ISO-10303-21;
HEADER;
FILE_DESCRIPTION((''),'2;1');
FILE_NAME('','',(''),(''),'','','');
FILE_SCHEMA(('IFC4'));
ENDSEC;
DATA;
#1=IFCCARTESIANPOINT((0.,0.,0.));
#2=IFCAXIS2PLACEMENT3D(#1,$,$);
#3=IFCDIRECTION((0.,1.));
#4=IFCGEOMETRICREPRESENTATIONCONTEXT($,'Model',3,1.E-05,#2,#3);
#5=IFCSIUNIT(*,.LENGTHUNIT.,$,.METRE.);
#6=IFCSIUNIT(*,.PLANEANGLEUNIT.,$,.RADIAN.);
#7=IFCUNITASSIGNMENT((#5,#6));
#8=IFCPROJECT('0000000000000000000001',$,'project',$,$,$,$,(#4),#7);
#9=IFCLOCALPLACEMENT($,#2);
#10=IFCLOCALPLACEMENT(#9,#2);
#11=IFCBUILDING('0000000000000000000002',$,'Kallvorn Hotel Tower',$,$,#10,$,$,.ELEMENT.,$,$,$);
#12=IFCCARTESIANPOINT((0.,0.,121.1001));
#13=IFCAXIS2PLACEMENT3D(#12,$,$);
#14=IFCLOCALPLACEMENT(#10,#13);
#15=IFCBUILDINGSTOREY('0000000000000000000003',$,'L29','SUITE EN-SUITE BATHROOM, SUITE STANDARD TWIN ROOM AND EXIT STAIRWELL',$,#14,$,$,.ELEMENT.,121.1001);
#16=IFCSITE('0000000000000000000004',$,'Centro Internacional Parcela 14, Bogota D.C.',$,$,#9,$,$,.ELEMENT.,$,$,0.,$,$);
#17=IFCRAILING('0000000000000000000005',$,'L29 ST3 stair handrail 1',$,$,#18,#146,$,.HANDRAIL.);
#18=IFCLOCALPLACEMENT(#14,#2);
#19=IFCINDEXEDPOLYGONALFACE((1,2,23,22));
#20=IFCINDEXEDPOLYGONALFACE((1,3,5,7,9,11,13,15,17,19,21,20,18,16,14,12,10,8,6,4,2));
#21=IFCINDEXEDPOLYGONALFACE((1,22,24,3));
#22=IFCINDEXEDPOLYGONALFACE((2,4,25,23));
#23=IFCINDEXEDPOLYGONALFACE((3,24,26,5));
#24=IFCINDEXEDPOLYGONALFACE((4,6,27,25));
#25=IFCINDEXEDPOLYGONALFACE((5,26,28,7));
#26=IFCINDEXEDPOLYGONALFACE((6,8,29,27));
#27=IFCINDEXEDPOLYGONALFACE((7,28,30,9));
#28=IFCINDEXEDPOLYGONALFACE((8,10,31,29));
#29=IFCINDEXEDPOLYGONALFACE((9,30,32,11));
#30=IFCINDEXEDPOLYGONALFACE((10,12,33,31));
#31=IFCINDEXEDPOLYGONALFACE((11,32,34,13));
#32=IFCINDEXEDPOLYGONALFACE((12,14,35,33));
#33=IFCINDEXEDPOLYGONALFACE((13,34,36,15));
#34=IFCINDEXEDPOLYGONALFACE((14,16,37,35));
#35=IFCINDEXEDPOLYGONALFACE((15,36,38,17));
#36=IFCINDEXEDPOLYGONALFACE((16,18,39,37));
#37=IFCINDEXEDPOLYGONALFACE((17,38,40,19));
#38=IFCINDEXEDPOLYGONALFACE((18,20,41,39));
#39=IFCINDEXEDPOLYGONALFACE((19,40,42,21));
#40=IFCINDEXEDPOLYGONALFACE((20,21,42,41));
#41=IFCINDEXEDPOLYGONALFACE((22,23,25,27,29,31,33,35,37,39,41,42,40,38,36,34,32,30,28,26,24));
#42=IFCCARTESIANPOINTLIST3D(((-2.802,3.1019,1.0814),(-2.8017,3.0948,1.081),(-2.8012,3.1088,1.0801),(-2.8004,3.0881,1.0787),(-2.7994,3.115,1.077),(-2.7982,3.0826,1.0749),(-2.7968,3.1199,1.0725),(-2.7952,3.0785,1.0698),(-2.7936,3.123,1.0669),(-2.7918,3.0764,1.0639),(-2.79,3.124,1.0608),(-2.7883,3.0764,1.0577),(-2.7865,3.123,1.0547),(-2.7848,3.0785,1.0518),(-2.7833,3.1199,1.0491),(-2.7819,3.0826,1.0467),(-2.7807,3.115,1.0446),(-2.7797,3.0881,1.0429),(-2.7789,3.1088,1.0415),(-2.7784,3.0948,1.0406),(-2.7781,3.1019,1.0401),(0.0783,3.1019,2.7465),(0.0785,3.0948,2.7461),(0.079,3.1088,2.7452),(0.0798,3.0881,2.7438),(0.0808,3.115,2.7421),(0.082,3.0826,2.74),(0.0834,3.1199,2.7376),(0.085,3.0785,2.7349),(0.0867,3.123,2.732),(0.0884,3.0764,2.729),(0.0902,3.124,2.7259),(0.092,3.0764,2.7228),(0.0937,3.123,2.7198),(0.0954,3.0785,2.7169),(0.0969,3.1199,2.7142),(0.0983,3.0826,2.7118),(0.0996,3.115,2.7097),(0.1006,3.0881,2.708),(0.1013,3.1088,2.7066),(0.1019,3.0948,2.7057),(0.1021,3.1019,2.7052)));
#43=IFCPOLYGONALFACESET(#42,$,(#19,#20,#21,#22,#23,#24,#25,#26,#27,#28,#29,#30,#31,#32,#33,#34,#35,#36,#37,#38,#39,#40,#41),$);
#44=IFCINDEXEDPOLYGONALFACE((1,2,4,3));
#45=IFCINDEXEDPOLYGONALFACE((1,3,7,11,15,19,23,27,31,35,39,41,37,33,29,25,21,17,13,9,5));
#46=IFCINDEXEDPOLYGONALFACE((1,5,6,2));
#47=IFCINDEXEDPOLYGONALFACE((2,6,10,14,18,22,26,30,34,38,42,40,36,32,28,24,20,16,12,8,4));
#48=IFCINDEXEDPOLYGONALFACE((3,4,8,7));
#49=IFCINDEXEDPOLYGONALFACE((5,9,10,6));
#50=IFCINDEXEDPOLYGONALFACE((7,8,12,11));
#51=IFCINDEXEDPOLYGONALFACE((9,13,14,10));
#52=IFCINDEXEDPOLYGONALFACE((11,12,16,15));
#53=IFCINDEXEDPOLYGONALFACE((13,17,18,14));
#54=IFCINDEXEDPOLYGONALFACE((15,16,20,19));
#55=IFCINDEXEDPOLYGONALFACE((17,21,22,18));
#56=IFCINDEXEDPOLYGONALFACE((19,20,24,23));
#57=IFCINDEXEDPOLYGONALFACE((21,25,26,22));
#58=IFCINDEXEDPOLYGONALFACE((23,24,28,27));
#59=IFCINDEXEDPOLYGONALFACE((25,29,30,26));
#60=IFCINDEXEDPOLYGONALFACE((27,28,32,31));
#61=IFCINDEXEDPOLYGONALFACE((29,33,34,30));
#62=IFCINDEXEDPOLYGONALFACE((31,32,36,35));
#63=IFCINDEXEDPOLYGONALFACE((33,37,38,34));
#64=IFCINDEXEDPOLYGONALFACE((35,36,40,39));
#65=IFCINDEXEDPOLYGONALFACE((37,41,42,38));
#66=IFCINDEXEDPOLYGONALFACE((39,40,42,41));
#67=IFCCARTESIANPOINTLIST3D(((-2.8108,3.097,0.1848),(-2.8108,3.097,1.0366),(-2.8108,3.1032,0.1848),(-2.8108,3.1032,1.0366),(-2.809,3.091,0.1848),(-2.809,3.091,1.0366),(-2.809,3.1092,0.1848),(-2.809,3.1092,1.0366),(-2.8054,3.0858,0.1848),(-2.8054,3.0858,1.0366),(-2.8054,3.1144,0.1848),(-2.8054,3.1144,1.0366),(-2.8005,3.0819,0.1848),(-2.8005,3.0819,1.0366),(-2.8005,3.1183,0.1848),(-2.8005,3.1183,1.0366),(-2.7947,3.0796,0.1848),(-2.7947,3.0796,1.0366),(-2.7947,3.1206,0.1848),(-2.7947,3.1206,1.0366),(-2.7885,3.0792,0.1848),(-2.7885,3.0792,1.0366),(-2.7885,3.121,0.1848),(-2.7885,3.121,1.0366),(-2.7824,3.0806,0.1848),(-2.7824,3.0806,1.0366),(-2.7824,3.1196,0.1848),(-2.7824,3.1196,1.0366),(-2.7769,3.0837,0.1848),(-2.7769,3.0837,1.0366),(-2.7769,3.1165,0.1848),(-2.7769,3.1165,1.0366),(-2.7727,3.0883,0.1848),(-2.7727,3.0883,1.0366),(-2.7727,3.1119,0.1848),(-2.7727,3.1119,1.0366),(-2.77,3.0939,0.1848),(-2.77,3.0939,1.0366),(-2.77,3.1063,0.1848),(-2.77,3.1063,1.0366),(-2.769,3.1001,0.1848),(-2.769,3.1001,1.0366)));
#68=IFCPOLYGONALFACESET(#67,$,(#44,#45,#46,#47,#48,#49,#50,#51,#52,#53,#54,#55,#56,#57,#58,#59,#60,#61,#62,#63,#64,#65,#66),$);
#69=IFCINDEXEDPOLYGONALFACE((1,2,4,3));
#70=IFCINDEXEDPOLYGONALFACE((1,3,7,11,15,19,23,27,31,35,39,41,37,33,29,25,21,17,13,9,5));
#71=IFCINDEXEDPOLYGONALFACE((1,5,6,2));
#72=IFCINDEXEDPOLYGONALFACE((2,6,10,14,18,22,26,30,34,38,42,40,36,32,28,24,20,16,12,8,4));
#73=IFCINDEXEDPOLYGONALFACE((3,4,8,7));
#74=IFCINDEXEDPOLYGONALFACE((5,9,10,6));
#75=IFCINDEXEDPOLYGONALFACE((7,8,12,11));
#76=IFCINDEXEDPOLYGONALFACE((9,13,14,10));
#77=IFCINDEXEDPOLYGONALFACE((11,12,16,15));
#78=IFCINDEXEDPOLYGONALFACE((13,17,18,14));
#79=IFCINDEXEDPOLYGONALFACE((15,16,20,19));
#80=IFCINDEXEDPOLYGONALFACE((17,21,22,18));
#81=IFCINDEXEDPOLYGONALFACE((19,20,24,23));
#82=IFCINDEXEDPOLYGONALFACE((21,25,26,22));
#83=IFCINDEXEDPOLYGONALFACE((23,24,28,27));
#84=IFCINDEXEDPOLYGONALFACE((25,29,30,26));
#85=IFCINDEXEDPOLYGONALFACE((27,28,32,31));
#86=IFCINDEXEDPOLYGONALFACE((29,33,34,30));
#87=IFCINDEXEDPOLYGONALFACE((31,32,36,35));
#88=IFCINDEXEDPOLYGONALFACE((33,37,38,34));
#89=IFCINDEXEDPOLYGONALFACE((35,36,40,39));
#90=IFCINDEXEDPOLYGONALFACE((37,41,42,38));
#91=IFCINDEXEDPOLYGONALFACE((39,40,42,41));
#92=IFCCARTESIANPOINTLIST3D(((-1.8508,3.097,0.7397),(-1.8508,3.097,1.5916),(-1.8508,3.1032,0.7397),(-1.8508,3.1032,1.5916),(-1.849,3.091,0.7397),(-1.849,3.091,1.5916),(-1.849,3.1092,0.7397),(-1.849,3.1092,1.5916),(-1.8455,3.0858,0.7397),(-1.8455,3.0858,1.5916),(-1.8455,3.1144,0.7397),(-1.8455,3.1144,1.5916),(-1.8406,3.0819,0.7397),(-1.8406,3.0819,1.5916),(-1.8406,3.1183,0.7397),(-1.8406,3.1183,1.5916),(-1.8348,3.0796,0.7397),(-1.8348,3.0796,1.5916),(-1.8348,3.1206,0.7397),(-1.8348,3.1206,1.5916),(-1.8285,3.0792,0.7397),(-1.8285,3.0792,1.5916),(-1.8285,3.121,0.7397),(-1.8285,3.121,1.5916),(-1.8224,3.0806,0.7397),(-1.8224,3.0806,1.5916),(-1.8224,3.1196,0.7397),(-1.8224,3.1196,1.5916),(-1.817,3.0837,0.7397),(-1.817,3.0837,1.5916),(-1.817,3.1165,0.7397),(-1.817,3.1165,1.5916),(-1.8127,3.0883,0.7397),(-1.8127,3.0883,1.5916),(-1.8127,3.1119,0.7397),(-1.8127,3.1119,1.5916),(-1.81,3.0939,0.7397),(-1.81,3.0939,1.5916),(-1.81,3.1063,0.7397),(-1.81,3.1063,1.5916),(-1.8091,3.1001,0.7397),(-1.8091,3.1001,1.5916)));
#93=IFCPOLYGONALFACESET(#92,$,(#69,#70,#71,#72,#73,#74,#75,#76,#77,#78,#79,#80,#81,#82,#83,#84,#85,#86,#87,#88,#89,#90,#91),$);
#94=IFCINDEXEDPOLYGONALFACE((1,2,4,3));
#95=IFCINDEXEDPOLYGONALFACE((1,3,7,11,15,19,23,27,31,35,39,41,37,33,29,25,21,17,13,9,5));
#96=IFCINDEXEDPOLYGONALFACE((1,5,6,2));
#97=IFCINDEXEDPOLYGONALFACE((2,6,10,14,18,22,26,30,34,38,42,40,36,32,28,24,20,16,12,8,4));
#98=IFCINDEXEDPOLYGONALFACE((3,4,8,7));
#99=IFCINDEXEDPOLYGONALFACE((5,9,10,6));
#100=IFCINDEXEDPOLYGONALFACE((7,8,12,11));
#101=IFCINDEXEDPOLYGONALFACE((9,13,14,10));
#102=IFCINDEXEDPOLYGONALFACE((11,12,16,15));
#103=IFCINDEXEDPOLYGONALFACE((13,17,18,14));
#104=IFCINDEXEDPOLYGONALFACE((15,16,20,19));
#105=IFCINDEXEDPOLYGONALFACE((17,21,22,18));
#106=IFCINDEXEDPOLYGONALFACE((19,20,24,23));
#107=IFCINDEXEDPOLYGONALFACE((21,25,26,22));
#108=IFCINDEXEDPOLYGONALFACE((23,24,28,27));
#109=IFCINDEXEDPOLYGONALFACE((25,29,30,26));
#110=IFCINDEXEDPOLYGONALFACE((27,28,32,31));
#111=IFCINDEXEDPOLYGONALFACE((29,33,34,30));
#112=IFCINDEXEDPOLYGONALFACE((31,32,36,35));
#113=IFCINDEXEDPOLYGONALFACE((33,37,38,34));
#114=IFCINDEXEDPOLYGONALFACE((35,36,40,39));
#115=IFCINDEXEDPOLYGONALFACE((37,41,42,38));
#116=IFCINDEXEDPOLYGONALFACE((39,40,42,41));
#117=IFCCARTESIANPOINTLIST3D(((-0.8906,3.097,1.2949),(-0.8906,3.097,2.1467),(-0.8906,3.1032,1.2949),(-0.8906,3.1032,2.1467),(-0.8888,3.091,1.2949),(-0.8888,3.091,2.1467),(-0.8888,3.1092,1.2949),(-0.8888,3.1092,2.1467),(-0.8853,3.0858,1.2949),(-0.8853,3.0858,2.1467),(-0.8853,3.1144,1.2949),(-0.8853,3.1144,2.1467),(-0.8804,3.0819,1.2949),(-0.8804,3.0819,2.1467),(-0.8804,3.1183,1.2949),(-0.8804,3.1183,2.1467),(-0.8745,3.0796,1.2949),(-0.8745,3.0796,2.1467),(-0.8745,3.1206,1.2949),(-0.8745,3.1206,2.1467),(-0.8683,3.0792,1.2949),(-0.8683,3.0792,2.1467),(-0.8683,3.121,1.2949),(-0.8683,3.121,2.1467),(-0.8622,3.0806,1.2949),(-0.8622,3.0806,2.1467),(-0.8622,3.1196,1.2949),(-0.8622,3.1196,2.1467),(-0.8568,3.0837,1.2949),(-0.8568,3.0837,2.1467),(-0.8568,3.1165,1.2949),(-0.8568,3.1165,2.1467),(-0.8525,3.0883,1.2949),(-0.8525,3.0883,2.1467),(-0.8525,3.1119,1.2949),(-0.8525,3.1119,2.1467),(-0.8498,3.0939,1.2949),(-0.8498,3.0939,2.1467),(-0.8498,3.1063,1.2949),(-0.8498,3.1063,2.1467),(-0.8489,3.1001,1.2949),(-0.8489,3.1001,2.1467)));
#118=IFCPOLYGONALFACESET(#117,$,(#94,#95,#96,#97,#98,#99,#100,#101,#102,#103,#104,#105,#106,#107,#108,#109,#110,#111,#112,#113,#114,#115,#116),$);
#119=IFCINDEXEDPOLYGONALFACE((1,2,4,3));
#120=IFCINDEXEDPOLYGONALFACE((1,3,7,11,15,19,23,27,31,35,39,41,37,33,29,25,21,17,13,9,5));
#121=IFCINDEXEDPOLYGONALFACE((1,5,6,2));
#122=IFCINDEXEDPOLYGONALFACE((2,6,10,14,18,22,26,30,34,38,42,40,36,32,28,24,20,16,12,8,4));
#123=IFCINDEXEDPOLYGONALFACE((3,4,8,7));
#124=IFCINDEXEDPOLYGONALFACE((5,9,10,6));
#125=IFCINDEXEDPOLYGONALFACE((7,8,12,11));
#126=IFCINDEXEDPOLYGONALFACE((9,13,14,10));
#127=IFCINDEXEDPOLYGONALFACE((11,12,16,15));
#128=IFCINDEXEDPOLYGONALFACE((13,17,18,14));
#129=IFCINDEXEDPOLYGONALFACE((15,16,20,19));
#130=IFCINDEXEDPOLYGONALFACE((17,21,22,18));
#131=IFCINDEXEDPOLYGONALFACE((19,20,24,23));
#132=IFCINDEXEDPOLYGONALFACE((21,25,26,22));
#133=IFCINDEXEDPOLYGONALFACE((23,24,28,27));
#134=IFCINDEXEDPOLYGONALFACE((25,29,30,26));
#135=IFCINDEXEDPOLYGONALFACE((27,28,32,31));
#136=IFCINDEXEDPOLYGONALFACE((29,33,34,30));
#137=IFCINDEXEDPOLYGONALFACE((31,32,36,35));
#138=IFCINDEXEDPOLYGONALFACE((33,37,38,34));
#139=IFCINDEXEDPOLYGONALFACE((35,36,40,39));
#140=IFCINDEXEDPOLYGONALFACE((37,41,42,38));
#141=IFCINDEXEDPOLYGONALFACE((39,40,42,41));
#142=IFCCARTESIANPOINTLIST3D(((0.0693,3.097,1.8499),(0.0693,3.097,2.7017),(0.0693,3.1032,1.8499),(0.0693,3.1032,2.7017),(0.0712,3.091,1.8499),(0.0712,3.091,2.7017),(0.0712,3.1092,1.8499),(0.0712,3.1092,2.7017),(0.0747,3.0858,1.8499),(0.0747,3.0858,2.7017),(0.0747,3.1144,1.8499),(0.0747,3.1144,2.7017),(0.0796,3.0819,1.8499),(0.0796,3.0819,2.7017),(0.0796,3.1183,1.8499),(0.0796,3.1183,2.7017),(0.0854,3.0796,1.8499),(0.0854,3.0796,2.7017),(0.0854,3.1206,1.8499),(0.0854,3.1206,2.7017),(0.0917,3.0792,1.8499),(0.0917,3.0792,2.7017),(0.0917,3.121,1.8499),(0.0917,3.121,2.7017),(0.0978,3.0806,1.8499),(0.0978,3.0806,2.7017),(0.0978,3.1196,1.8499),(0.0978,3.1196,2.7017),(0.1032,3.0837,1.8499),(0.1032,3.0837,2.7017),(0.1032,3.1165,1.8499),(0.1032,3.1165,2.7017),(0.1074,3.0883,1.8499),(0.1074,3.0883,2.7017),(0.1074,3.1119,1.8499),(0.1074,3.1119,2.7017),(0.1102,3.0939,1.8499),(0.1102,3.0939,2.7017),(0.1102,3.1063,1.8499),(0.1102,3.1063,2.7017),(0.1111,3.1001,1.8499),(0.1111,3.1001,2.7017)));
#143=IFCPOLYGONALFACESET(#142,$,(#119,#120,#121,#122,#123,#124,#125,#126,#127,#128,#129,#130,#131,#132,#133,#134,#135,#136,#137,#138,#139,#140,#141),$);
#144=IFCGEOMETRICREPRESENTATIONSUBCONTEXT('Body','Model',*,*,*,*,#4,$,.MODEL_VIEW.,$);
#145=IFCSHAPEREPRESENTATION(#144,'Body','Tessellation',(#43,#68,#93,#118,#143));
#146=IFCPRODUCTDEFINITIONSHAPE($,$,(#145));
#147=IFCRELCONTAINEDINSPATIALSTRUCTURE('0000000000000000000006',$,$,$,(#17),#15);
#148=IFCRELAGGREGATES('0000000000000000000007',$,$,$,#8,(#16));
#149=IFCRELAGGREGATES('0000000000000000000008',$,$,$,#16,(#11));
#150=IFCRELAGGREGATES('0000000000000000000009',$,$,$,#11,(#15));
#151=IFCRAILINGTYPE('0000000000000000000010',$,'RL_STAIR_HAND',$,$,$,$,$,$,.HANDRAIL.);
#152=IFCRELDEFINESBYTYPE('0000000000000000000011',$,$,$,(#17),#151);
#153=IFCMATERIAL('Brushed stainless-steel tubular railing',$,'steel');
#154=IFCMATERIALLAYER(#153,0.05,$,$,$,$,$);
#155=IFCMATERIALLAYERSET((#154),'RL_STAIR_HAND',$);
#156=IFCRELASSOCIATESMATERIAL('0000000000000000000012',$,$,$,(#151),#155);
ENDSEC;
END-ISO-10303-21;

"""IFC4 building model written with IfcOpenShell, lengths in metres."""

from ifc_helpers import new_model, si_unit, direction, frame, origin, origin_2d, place, context, subcontext, project, spatial, circle, extrude, material, layer, layer_set, type_object, element, save


model = new_model("IFC4")

# Units and contexts
model_context = context("Model", 3, precision=1e-05, world=origin(), true_north=direction((0.0, 1.0)))
body_context = subcontext(model_context, "Body", "Model", "MODEL_VIEW")
ifc_project = project(units=[si_unit("LENGTHUNIT", "METRE"), si_unit("PLANEANGLEUNIT", "RADIAN")], contexts=[model_context])

# Site, building, storey
site_placement = place(None, origin())
site = spatial("IfcSite", under=ifc_project, at=site_placement, Name="Centro Internacional Parcela 14, Bogota D.C.", CompositionType="ELEMENT", RefElevation=0.0)
building_placement = place(site_placement, origin())
building = spatial("IfcBuilding", under=site, at=building_placement, Name="Kallvorn Hotel Tower", CompositionType="ELEMENT")
storey_placement = place(building_placement, frame((0.0, 0.0, 121.1001)))
storey = spatial("IfcBuildingStorey", under=building, at=storey_placement, Name="L29", Description="SUITE EN-SUITE BATHROOM, SUITE STANDARD TWIN ROOM AND EXIT STAIRWELL", CompositionType="ELEMENT", Elevation=121.1001)

# Railing
ifc_material_1 = material(Name="Brushed stainless-steel tubular railing", Category="steel")
ifc_layer_1 = layer(ifc_material_1, 0.05)
ifc_layer_set_1 = layer_set([ifc_layer_1], Name="RL_STAIR_HAND")
railing_type_1 = type_object("IfcRailingType", Name="RL_STAIR_HAND", PredefinedType="HANDRAIL", material=ifc_layer_set_1)
railing_1_placement = place(storey_placement, frame((-2.79, 3.1001, 0.1848)))
element("IfcRailing", 1, at=railing_1_placement, inside=storey, type_object=railing_type_1, Name="L29 ST3 stair handrail 1", PredefinedType="HANDRAIL", context=body_context, shape_type="SweptSolid", body=[
    extrude(circle(Radius=0.0239, at=origin_2d()), frame((0.0, 0.0, 0.876), z_axis=(0.865739, 0.0, 0.500495), x_axis=(0.0, 1.0, 0.0)), (0.0, 0.0, 1.0), 3.3269),
    extrude(circle(Radius=0.021, at=origin_2d()), origin(), (0.0, 0.0, 1.0), 0.8518),
    extrude(circle(Radius=0.021, at=origin_2d()), frame((0.96, 0.0, 0.5549)), (0.0, 0.0, 1.0), 0.8518),
    extrude(circle(Radius=0.021, at=origin_2d()), frame((1.9202, 0.0, 1.1101)), (0.0, 0.0, 1.0), 0.8518),
    extrude(circle(Radius=0.021, at=origin_2d()), frame((2.8801, 0.0, 1.665)), (0.0, 0.0, 1.0), 0.8518),
])

save(model, "model.ifc")
